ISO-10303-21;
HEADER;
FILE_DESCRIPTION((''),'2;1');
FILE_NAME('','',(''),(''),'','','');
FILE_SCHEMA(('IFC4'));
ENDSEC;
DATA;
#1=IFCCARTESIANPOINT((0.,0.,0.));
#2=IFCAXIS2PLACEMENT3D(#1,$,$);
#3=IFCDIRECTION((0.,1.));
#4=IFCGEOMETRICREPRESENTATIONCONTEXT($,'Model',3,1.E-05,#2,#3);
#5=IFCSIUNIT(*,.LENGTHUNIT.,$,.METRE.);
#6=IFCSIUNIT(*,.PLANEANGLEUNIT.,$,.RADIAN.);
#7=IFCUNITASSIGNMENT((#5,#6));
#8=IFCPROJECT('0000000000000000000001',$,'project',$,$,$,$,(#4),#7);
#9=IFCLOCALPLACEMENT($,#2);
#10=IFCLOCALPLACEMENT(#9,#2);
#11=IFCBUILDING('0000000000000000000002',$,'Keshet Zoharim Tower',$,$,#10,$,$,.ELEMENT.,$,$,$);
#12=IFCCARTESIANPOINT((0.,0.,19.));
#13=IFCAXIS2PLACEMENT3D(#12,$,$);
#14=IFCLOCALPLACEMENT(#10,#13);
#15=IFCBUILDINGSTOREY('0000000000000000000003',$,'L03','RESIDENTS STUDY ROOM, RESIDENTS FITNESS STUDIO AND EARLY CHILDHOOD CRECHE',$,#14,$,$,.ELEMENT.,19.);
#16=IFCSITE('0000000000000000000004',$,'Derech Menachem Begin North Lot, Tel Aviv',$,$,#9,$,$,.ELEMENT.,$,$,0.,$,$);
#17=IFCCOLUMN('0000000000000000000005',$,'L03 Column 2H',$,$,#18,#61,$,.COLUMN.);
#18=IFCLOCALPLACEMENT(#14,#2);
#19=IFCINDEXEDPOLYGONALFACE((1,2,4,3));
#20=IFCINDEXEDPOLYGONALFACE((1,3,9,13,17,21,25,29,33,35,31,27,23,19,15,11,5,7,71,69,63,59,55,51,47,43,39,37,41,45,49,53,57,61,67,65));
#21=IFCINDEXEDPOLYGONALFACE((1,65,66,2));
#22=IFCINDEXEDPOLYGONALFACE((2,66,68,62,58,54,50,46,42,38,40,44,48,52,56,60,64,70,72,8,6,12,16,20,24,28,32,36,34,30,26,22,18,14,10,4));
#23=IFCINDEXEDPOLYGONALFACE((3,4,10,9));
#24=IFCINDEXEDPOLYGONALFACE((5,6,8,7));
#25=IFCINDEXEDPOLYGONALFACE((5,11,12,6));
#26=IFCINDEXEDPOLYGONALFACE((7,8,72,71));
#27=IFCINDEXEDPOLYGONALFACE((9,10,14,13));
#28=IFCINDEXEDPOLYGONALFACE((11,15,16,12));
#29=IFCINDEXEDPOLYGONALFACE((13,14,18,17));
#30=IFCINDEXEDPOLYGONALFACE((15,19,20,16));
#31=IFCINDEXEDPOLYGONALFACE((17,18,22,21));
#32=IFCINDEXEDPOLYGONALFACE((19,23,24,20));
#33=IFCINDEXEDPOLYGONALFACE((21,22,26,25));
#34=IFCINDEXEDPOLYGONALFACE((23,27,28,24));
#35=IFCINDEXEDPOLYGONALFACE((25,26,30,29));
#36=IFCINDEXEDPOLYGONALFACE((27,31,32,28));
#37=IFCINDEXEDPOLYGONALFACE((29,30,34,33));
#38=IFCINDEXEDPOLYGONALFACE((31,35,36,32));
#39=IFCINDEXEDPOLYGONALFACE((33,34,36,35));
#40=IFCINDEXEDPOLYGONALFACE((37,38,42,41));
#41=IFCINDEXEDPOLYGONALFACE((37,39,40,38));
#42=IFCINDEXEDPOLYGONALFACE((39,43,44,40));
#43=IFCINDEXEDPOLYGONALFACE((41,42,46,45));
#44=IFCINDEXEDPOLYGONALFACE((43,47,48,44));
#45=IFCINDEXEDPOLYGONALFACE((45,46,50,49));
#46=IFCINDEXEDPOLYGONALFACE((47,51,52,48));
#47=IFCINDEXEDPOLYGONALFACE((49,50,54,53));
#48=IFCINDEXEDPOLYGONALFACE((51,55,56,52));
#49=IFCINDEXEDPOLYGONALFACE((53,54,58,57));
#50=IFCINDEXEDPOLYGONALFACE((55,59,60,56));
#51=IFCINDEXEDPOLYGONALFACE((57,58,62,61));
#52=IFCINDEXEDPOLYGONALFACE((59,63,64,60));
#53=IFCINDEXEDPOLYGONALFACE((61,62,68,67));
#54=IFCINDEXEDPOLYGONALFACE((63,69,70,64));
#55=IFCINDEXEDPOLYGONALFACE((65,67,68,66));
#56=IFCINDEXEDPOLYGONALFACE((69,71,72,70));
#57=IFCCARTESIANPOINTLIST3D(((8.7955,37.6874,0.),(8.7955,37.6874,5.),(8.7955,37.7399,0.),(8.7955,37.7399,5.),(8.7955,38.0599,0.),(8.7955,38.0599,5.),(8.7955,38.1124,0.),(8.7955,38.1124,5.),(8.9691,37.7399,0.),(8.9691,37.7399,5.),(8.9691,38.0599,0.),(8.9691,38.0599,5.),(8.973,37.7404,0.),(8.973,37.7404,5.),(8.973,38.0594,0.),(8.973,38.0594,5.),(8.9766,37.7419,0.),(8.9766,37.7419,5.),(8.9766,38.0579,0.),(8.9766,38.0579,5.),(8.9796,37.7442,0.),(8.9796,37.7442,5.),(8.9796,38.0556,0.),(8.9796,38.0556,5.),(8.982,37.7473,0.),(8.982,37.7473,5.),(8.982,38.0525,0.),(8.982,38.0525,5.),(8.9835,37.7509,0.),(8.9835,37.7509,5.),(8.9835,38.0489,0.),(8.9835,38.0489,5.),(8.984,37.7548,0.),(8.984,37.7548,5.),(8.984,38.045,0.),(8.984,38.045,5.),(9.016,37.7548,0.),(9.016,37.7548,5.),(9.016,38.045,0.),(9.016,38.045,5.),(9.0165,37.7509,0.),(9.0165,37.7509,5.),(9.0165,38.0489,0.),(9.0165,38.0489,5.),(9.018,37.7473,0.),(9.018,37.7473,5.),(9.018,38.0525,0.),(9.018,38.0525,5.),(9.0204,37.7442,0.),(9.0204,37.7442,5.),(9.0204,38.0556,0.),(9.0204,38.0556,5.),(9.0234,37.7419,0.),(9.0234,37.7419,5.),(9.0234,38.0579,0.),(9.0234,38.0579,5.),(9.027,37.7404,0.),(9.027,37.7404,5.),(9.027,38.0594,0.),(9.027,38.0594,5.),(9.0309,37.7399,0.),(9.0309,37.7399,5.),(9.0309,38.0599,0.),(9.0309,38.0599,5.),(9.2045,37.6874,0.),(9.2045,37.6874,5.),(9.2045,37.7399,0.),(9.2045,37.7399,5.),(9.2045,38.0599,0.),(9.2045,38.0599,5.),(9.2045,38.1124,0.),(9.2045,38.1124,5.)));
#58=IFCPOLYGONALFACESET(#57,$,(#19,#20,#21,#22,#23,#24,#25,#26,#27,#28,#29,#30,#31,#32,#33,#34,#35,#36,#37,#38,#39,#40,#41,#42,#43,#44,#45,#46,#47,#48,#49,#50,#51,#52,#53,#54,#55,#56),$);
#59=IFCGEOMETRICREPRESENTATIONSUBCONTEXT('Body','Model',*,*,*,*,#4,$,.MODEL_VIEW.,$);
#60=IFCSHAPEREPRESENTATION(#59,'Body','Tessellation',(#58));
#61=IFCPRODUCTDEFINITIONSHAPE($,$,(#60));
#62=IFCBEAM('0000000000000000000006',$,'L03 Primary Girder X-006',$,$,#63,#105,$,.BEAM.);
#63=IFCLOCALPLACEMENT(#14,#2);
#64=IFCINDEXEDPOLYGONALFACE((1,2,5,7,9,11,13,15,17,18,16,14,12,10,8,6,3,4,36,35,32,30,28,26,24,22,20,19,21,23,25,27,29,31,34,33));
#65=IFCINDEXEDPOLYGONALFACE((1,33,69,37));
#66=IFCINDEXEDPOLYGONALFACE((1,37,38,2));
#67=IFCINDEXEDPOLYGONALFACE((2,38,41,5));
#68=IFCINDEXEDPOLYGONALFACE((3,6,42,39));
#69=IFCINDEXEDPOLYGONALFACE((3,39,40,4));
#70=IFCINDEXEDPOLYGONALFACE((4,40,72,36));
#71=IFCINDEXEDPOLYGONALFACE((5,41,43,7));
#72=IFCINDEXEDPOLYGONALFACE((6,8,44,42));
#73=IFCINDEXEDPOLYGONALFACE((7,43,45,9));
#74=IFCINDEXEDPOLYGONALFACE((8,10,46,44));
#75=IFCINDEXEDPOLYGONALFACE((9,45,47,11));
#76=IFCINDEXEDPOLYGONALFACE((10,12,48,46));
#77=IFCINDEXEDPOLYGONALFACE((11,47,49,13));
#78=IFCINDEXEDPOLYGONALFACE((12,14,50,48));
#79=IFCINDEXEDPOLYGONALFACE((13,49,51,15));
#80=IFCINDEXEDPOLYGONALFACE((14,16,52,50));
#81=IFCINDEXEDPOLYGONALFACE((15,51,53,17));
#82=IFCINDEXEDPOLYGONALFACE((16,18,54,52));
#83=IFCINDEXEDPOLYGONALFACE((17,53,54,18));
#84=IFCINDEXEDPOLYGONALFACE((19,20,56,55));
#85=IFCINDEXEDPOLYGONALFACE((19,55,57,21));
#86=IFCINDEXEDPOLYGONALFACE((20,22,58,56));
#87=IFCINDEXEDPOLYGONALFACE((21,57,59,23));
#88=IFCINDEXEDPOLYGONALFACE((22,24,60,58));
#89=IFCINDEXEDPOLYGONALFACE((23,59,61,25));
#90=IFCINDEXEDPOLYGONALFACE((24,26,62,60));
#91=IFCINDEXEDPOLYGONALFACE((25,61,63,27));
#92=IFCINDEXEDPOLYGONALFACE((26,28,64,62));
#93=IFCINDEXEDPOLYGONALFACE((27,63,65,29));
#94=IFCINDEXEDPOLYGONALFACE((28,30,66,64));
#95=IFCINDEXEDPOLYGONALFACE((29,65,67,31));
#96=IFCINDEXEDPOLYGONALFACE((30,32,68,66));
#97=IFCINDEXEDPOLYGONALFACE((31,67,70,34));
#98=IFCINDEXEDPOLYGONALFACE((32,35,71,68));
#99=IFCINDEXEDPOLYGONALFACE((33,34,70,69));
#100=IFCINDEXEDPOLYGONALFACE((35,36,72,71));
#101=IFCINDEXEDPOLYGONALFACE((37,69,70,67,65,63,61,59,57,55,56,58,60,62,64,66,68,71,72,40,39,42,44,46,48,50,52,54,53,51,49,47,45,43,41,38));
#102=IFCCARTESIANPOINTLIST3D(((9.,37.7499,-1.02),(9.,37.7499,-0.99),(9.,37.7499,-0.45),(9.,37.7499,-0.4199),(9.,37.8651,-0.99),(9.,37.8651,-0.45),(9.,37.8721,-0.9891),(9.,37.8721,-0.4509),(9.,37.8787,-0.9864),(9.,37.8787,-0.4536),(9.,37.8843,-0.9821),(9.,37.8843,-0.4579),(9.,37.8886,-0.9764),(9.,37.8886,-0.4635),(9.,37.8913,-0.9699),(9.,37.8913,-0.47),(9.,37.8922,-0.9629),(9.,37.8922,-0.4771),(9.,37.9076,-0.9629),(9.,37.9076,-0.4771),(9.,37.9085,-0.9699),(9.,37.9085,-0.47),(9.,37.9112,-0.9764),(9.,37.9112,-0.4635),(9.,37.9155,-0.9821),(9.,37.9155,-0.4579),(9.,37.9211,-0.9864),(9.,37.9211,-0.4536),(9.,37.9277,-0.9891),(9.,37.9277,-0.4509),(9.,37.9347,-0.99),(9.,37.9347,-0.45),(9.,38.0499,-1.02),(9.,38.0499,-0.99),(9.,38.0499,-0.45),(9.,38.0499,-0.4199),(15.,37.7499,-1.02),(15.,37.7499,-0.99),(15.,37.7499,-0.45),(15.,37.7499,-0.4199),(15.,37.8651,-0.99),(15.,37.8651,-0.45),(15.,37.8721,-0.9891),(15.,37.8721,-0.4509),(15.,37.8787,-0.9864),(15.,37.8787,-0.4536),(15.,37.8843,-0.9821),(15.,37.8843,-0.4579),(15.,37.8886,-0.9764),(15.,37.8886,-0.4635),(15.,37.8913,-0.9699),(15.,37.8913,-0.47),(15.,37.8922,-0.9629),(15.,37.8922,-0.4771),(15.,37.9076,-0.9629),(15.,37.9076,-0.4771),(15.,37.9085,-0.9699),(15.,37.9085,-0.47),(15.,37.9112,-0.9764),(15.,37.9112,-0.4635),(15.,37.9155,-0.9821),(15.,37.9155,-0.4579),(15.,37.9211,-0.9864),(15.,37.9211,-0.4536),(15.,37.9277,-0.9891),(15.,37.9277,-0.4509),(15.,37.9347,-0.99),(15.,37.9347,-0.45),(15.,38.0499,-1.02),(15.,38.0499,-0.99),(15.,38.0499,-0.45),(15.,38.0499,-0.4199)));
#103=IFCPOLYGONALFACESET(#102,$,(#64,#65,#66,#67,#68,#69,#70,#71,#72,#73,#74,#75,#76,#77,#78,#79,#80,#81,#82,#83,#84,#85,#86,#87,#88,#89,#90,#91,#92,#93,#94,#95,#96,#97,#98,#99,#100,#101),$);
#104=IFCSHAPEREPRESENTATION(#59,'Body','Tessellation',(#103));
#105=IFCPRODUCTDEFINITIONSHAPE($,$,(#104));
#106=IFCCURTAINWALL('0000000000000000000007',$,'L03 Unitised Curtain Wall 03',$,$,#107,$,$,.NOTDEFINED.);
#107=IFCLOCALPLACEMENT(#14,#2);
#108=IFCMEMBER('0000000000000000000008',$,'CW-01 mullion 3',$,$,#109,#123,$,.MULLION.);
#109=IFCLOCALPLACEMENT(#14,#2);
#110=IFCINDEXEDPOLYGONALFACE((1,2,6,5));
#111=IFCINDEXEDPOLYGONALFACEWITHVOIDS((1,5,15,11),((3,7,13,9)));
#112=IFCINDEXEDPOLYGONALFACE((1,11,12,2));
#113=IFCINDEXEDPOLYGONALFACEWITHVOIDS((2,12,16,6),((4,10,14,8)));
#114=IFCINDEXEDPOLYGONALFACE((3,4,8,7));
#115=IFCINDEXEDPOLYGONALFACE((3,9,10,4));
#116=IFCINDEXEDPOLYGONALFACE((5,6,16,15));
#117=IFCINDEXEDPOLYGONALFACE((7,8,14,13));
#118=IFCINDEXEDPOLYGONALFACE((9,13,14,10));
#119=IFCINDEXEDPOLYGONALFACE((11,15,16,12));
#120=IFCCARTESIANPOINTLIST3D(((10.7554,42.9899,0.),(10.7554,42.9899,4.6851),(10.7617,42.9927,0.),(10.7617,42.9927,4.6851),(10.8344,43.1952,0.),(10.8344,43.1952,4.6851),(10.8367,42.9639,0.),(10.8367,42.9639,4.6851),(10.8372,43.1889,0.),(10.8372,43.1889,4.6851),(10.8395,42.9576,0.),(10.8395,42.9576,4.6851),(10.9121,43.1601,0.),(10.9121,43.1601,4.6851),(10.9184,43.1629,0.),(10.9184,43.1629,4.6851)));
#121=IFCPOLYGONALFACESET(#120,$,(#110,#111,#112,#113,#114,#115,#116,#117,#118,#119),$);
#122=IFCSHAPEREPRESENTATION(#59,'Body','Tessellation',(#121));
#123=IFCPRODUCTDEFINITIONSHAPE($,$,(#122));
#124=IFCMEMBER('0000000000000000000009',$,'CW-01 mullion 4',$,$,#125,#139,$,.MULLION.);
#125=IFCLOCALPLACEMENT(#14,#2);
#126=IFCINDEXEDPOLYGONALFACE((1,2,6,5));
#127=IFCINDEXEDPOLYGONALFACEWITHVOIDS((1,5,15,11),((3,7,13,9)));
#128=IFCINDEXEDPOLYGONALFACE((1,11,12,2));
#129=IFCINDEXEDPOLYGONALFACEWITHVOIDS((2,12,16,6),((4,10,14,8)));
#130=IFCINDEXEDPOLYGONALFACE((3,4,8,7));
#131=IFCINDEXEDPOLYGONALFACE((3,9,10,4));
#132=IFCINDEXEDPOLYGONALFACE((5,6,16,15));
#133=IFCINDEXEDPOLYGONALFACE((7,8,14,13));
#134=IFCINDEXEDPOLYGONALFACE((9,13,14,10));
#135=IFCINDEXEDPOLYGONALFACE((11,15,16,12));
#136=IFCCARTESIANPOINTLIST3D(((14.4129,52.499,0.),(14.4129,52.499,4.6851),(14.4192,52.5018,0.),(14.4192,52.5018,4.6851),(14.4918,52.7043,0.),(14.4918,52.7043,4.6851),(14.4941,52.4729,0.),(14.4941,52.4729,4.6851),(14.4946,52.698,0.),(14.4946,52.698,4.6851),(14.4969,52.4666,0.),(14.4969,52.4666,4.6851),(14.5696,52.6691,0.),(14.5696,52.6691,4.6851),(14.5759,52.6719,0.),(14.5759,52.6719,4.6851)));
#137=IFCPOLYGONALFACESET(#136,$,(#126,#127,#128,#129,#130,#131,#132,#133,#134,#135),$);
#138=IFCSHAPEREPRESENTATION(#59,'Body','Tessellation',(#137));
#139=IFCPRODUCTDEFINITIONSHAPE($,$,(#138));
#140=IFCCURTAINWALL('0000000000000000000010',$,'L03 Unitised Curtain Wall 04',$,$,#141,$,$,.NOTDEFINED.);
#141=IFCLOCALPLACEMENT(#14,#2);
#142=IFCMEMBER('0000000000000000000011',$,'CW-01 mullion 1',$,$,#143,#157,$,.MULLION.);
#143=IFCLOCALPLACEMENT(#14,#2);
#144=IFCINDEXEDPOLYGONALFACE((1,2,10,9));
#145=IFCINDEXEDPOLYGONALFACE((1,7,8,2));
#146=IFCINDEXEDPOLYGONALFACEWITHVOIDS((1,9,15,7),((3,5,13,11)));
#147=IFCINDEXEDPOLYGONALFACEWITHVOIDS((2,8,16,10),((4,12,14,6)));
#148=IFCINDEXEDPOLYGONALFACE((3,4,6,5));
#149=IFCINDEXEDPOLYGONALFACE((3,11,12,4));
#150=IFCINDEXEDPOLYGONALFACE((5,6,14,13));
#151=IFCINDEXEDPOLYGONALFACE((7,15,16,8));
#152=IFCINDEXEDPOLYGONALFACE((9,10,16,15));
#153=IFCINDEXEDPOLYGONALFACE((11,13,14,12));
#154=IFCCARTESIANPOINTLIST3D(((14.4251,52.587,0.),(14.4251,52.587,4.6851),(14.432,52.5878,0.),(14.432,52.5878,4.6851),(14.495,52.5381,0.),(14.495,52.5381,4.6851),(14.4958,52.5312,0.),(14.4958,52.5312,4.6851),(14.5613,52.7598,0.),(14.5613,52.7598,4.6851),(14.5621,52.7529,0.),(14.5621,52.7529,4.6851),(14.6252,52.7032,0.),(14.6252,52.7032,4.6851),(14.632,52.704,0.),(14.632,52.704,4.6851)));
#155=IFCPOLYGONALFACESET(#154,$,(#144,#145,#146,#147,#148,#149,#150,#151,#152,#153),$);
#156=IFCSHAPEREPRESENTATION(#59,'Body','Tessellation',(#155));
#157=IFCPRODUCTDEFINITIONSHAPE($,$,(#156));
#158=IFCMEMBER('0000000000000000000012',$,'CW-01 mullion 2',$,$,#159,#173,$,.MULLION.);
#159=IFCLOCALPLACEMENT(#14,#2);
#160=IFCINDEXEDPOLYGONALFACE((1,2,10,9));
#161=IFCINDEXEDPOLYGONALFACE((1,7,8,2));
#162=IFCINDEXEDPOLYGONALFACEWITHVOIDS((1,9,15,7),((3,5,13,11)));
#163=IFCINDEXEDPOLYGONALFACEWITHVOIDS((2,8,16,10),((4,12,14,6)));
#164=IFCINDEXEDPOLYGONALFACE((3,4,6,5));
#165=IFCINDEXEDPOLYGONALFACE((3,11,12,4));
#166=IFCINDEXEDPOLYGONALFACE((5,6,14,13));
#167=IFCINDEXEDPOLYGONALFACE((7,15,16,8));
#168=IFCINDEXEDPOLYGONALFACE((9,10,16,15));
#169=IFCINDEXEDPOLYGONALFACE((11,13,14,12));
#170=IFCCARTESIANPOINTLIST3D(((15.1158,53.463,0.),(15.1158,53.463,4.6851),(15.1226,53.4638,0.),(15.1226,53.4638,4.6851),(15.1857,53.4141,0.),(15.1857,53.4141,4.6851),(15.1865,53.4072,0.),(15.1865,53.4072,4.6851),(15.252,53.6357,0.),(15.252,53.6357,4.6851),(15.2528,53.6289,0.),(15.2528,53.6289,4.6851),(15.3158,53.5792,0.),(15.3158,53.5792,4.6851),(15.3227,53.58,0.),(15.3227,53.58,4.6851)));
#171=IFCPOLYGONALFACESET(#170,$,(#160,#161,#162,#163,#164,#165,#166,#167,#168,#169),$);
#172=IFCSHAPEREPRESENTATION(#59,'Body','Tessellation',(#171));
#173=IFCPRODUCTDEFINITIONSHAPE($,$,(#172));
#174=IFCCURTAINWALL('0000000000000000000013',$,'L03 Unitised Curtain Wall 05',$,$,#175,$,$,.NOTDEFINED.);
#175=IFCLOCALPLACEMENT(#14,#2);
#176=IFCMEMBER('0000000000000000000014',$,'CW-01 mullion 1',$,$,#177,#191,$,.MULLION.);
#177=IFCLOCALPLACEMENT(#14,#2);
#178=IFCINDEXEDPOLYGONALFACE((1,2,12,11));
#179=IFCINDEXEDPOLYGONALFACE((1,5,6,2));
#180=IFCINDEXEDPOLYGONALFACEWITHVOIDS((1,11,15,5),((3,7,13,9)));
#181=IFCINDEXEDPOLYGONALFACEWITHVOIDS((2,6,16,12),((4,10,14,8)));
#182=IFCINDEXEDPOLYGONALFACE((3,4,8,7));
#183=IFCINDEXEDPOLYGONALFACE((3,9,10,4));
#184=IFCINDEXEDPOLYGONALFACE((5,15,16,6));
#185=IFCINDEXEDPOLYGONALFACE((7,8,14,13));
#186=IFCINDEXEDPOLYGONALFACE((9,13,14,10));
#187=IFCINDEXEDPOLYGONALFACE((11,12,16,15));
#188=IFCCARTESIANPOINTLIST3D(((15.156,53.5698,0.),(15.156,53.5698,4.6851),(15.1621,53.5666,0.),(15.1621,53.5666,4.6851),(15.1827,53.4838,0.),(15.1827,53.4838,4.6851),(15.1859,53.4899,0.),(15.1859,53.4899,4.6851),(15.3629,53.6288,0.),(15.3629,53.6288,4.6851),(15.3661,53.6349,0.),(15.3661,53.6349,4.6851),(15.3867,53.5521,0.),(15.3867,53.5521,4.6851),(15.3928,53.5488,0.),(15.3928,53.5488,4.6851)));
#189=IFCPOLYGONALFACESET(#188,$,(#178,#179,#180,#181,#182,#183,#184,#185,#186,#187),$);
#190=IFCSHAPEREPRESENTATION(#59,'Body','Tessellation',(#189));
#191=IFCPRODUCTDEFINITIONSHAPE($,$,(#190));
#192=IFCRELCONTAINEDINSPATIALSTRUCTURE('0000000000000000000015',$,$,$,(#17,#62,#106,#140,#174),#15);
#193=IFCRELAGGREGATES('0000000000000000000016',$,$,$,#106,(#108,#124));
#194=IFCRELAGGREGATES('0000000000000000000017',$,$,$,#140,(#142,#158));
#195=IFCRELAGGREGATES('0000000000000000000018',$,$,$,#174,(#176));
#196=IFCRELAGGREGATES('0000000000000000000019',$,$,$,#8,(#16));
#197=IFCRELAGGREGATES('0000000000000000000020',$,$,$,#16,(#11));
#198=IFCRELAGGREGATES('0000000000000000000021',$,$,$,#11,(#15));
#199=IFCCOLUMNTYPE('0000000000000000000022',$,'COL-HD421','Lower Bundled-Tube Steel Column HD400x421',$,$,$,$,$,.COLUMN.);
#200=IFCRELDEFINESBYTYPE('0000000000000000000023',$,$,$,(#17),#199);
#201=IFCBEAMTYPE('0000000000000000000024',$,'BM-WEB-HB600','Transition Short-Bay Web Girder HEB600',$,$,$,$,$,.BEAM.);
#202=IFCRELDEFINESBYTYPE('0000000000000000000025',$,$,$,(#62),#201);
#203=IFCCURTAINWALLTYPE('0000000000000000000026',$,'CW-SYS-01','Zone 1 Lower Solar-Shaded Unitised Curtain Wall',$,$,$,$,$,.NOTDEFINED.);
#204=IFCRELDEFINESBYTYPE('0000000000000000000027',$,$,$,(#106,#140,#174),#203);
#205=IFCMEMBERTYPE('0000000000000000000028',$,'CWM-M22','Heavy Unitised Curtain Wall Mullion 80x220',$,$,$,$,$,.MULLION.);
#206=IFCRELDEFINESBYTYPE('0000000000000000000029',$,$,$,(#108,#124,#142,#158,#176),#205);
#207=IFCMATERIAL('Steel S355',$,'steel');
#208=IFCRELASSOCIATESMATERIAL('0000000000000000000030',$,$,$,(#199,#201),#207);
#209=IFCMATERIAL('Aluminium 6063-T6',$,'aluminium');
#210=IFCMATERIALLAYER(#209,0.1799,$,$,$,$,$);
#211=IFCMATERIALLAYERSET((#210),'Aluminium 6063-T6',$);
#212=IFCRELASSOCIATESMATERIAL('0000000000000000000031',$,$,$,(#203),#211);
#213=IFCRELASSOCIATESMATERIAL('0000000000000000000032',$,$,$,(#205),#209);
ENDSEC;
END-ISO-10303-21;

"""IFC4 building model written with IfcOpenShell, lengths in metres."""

from ifc_helpers import new_model, si_unit, direction, frame, origin, origin_2d, place, context, subcontext, project, spatial, hollow_rectangle, i_section, extrude, material, layer, layer_set, material_profile, profile_set, type_object, element, aggregate, save


model = new_model("IFC4")

# Units and contexts
model_context = context("Model", 3, precision=1e-05, world=origin(), true_north=direction((0.0, 1.0)))
body_context = subcontext(model_context, "Body", "Model", "MODEL_VIEW")
ifc_project = project(units=[si_unit("LENGTHUNIT", "METRE"), si_unit("PLANEANGLEUNIT", "RADIAN")], contexts=[model_context])

# Site, building, storey
site_placement = place(None, origin())
site = spatial("IfcSite", under=ifc_project, at=site_placement, Name="Derech Menachem Begin North Lot, Tel Aviv", CompositionType="ELEMENT", RefElevation=0.0)
building_placement = place(site_placement, origin())
building = spatial("IfcBuilding", under=site, at=building_placement, Name="Keshet Zoharim Tower", CompositionType="ELEMENT")
storey_placement = place(building_placement, frame((0.0, 0.0, 19.0)))
storey = spatial("IfcBuildingStorey", under=building, at=storey_placement, Name="L03", Description="RESIDENTS STUDY ROOM, RESIDENTS FITNESS STUDIO AND EARLY CHILDHOOD CRECHE", CompositionType="ELEMENT", Elevation=19.0)

# Column
ifc_material_1 = material(Name="Steel S355", Category="steel")
ifc_material_profile_1 = material_profile(ifc_material_1, i_section(OverallWidth=0.4089, OverallDepth=0.425, WebThickness=0.032, FlangeThickness=0.0525, FilletRadius=0.0149, at=origin_2d()), Name="HD400x421")
ifc_profile_set_1 = profile_set([ifc_material_profile_1], Name="Steel S355")
column_type = type_object("IfcColumnType", Name="COL-HD421", Description="Lower Bundled-Tube Steel Column HD400x421", PredefinedType="COLUMN", material=ifc_profile_set_1)
column_placement = place(storey_placement, frame((9.0, 37.8999, 0.0), z_axis=(0.0, 0.0, 1.0), x_axis=(1.0, 0.0, 0.0)))
element("IfcColumn", 1, at=column_placement, inside=storey, type_object=column_type, Name="L03 Column 2H", PredefinedType="COLUMN", context=body_context, shape_type="SweptSolid", body=[
    extrude(i_section(OverallWidth=0.4089, OverallDepth=0.425, WebThickness=0.032, FlangeThickness=0.0525, FilletRadius=0.0149, at=origin_2d()), origin(), (0.0, 0.0, 1.0), 5.0),
])

# Beam
ifc_material_profile_2 = material_profile(ifc_material_1, i_section(OverallWidth=0.3, OverallDepth=0.6001, WebThickness=0.0154, FlangeThickness=0.03, FilletRadius=0.0271, at=origin_2d()), Name="HEB600")
ifc_profile_set_2 = profile_set([ifc_material_profile_2], Name="Steel S355")
beam_type = type_object("IfcBeamType", Name="BM-WEB-HB600", Description="Transition Short-Bay Web Girder HEB600", PredefinedType="BEAM", material=ifc_profile_set_2)
beam_placement = place(storey_placement, frame((9.0, 37.8999, -0.72), z_axis=(1.0, 0.0, 0.0), x_axis=(0.0, 1.0, 0.0)))
element("IfcBeam", 2, at=beam_placement, inside=storey, type_object=beam_type, Name="L03 Primary Girder X-006", PredefinedType="BEAM", context=body_context, shape_type="SweptSolid", body=[
    extrude(i_section(OverallWidth=0.3, OverallDepth=0.6001, WebThickness=0.0154, FlangeThickness=0.03, FilletRadius=0.0271, at=origin_2d()), origin(), (0.0, 0.0, 1.0), 6.0),
])

# Curtain walls, members
ifc_material_2 = material(Name="Aluminium 6063-T6", Category="aluminium")
ifc_layer_1 = layer(ifc_material_2, 0.1799)
ifc_layer_set_1 = layer_set([ifc_layer_1], Name="Aluminium 6063-T6")
curtain_wall_type = type_object("IfcCurtainWallType", Name="CW-SYS-01", Description="Zone 1 Lower Solar-Shaded Unitised Curtain Wall", PredefinedType="NOTDEFINED", material=ifc_layer_set_1)
curtain_wall_1_placement = place(storey_placement, origin())
curtain_wall_1 = element("IfcCurtainWall", 3, at=curtain_wall_1_placement, inside=storey, type_object=curtain_wall_type, Name="L03 Unitised Curtain Wall 03", PredefinedType="NOTDEFINED")
ifc_material_profile_3 = material_profile(ifc_material_2, hollow_rectangle(XDim=0.0901, YDim=0.22, WallThickness=0.0049, at=origin_2d()), Name="MUL-90x220")
ifc_profile_set_3 = profile_set([ifc_material_profile_3], Name="Aluminium 6063-T6")
member_type_1 = type_object("IfcMemberType", Name="CWM-M22", Description="Heavy Unitised Curtain Wall Mullion 80x220", PredefinedType="MULLION", material=ifc_profile_set_3)
member_1_placement = place(storey_placement, frame((10.8369, 43.0764, 0.0), z_axis=(0.0, 0.0, 1.0), x_axis=(-0.933341, 0.35899, 0.0)))
member_1 = element("IfcMember", 4, at=member_1_placement, type_object=member_type_1, Name="CW-01 mullion 3", PredefinedType="MULLION", context=body_context, shape_type="SweptSolid", body=[
    extrude(hollow_rectangle(XDim=0.0901, YDim=0.22, WallThickness=0.0049, at=origin_2d()), origin(), (0.0, 0.0, 1.0), 4.6851),
])
member_2_placement = place(storey_placement, frame((14.4944, 52.5854, 0.0), z_axis=(0.0, 0.0, 1.0), x_axis=(-0.933341, 0.35899, 0.0)))
member_2 = element("IfcMember", 5, at=member_2_placement, type_object=member_type_1, Name="CW-01 mullion 4", PredefinedType="MULLION", context=body_context, shape_type="SweptSolid", body=[
    extrude(hollow_rectangle(XDim=0.0901, YDim=0.22, WallThickness=0.0049, at=origin_2d()), origin(), (0.0, 0.0, 1.0), 4.6851),
])
curtain_wall_2_placement = place(storey_placement, origin())
curtain_wall_2 = element("IfcCurtainWall", 6, at=curtain_wall_2_placement, inside=storey, type_object=curtain_wall_type, Name="L03 Unitised Curtain Wall 04", PredefinedType="NOTDEFINED")
member_3_placement = place(storey_placement, frame((14.5286, 52.6455, 0.0), z_axis=(0.0, 0.0, 1.0), x_axis=(-0.785293, 0.619125, 0.0)))
member_3 = element("IfcMember", 7, at=member_3_placement, type_object=member_type_1, Name="CW-01 mullion 1", PredefinedType="MULLION", context=body_context, shape_type="SweptSolid", body=[
    extrude(hollow_rectangle(XDim=0.0901, YDim=0.22, WallThickness=0.0049, at=origin_2d()), origin(), (0.0, 0.0, 1.0), 4.6851),
])
member_4_placement = place(storey_placement, frame((15.2192, 53.5215, 0.0), z_axis=(0.0, 0.0, 1.0), x_axis=(-0.785293, 0.619125, 0.0)))
member_4 = element("IfcMember", 8, at=member_4_placement, type_object=member_type_1, Name="CW-01 mullion 2", PredefinedType="MULLION", context=body_context, shape_type="SweptSolid", body=[
    extrude(hollow_rectangle(XDim=0.0901, YDim=0.22, WallThickness=0.0049, at=origin_2d()), origin(), (0.0, 0.0, 1.0), 4.6851),
])

# Curtain wall, member
curtain_wall_3_placement = place(storey_placement, origin())
curtain_wall_3 = element("IfcCurtainWall", 9, at=curtain_wall_3_placement, inside=storey, type_object=curtain_wall_type, Name="L03 Unitised Curtain Wall 05", PredefinedType="NOTDEFINED")
member_5_placement = place(storey_placement, frame((15.2744, 53.5593, 0.0), z_axis=(0.0, 0.0, 1.0), x_axis=(-0.295922, 0.955212, 0.0)))
member_5 = element("IfcMember", 10, at=member_5_placement, type_object=member_type_1, Name="CW-01 mullion 1", PredefinedType="MULLION", context=body_context, shape_type="SweptSolid", body=[
    extrude(hollow_rectangle(XDim=0.0901, YDim=0.22, WallThickness=0.0049, at=origin_2d()), origin(), (0.0, 0.0, 1.0), 4.6851),
])

aggregate(curtain_wall_1, [member_1, member_2])
aggregate(curtain_wall_2, [member_3, member_4])
aggregate(curtain_wall_3, [member_5])

save(model, "model.ifc")
